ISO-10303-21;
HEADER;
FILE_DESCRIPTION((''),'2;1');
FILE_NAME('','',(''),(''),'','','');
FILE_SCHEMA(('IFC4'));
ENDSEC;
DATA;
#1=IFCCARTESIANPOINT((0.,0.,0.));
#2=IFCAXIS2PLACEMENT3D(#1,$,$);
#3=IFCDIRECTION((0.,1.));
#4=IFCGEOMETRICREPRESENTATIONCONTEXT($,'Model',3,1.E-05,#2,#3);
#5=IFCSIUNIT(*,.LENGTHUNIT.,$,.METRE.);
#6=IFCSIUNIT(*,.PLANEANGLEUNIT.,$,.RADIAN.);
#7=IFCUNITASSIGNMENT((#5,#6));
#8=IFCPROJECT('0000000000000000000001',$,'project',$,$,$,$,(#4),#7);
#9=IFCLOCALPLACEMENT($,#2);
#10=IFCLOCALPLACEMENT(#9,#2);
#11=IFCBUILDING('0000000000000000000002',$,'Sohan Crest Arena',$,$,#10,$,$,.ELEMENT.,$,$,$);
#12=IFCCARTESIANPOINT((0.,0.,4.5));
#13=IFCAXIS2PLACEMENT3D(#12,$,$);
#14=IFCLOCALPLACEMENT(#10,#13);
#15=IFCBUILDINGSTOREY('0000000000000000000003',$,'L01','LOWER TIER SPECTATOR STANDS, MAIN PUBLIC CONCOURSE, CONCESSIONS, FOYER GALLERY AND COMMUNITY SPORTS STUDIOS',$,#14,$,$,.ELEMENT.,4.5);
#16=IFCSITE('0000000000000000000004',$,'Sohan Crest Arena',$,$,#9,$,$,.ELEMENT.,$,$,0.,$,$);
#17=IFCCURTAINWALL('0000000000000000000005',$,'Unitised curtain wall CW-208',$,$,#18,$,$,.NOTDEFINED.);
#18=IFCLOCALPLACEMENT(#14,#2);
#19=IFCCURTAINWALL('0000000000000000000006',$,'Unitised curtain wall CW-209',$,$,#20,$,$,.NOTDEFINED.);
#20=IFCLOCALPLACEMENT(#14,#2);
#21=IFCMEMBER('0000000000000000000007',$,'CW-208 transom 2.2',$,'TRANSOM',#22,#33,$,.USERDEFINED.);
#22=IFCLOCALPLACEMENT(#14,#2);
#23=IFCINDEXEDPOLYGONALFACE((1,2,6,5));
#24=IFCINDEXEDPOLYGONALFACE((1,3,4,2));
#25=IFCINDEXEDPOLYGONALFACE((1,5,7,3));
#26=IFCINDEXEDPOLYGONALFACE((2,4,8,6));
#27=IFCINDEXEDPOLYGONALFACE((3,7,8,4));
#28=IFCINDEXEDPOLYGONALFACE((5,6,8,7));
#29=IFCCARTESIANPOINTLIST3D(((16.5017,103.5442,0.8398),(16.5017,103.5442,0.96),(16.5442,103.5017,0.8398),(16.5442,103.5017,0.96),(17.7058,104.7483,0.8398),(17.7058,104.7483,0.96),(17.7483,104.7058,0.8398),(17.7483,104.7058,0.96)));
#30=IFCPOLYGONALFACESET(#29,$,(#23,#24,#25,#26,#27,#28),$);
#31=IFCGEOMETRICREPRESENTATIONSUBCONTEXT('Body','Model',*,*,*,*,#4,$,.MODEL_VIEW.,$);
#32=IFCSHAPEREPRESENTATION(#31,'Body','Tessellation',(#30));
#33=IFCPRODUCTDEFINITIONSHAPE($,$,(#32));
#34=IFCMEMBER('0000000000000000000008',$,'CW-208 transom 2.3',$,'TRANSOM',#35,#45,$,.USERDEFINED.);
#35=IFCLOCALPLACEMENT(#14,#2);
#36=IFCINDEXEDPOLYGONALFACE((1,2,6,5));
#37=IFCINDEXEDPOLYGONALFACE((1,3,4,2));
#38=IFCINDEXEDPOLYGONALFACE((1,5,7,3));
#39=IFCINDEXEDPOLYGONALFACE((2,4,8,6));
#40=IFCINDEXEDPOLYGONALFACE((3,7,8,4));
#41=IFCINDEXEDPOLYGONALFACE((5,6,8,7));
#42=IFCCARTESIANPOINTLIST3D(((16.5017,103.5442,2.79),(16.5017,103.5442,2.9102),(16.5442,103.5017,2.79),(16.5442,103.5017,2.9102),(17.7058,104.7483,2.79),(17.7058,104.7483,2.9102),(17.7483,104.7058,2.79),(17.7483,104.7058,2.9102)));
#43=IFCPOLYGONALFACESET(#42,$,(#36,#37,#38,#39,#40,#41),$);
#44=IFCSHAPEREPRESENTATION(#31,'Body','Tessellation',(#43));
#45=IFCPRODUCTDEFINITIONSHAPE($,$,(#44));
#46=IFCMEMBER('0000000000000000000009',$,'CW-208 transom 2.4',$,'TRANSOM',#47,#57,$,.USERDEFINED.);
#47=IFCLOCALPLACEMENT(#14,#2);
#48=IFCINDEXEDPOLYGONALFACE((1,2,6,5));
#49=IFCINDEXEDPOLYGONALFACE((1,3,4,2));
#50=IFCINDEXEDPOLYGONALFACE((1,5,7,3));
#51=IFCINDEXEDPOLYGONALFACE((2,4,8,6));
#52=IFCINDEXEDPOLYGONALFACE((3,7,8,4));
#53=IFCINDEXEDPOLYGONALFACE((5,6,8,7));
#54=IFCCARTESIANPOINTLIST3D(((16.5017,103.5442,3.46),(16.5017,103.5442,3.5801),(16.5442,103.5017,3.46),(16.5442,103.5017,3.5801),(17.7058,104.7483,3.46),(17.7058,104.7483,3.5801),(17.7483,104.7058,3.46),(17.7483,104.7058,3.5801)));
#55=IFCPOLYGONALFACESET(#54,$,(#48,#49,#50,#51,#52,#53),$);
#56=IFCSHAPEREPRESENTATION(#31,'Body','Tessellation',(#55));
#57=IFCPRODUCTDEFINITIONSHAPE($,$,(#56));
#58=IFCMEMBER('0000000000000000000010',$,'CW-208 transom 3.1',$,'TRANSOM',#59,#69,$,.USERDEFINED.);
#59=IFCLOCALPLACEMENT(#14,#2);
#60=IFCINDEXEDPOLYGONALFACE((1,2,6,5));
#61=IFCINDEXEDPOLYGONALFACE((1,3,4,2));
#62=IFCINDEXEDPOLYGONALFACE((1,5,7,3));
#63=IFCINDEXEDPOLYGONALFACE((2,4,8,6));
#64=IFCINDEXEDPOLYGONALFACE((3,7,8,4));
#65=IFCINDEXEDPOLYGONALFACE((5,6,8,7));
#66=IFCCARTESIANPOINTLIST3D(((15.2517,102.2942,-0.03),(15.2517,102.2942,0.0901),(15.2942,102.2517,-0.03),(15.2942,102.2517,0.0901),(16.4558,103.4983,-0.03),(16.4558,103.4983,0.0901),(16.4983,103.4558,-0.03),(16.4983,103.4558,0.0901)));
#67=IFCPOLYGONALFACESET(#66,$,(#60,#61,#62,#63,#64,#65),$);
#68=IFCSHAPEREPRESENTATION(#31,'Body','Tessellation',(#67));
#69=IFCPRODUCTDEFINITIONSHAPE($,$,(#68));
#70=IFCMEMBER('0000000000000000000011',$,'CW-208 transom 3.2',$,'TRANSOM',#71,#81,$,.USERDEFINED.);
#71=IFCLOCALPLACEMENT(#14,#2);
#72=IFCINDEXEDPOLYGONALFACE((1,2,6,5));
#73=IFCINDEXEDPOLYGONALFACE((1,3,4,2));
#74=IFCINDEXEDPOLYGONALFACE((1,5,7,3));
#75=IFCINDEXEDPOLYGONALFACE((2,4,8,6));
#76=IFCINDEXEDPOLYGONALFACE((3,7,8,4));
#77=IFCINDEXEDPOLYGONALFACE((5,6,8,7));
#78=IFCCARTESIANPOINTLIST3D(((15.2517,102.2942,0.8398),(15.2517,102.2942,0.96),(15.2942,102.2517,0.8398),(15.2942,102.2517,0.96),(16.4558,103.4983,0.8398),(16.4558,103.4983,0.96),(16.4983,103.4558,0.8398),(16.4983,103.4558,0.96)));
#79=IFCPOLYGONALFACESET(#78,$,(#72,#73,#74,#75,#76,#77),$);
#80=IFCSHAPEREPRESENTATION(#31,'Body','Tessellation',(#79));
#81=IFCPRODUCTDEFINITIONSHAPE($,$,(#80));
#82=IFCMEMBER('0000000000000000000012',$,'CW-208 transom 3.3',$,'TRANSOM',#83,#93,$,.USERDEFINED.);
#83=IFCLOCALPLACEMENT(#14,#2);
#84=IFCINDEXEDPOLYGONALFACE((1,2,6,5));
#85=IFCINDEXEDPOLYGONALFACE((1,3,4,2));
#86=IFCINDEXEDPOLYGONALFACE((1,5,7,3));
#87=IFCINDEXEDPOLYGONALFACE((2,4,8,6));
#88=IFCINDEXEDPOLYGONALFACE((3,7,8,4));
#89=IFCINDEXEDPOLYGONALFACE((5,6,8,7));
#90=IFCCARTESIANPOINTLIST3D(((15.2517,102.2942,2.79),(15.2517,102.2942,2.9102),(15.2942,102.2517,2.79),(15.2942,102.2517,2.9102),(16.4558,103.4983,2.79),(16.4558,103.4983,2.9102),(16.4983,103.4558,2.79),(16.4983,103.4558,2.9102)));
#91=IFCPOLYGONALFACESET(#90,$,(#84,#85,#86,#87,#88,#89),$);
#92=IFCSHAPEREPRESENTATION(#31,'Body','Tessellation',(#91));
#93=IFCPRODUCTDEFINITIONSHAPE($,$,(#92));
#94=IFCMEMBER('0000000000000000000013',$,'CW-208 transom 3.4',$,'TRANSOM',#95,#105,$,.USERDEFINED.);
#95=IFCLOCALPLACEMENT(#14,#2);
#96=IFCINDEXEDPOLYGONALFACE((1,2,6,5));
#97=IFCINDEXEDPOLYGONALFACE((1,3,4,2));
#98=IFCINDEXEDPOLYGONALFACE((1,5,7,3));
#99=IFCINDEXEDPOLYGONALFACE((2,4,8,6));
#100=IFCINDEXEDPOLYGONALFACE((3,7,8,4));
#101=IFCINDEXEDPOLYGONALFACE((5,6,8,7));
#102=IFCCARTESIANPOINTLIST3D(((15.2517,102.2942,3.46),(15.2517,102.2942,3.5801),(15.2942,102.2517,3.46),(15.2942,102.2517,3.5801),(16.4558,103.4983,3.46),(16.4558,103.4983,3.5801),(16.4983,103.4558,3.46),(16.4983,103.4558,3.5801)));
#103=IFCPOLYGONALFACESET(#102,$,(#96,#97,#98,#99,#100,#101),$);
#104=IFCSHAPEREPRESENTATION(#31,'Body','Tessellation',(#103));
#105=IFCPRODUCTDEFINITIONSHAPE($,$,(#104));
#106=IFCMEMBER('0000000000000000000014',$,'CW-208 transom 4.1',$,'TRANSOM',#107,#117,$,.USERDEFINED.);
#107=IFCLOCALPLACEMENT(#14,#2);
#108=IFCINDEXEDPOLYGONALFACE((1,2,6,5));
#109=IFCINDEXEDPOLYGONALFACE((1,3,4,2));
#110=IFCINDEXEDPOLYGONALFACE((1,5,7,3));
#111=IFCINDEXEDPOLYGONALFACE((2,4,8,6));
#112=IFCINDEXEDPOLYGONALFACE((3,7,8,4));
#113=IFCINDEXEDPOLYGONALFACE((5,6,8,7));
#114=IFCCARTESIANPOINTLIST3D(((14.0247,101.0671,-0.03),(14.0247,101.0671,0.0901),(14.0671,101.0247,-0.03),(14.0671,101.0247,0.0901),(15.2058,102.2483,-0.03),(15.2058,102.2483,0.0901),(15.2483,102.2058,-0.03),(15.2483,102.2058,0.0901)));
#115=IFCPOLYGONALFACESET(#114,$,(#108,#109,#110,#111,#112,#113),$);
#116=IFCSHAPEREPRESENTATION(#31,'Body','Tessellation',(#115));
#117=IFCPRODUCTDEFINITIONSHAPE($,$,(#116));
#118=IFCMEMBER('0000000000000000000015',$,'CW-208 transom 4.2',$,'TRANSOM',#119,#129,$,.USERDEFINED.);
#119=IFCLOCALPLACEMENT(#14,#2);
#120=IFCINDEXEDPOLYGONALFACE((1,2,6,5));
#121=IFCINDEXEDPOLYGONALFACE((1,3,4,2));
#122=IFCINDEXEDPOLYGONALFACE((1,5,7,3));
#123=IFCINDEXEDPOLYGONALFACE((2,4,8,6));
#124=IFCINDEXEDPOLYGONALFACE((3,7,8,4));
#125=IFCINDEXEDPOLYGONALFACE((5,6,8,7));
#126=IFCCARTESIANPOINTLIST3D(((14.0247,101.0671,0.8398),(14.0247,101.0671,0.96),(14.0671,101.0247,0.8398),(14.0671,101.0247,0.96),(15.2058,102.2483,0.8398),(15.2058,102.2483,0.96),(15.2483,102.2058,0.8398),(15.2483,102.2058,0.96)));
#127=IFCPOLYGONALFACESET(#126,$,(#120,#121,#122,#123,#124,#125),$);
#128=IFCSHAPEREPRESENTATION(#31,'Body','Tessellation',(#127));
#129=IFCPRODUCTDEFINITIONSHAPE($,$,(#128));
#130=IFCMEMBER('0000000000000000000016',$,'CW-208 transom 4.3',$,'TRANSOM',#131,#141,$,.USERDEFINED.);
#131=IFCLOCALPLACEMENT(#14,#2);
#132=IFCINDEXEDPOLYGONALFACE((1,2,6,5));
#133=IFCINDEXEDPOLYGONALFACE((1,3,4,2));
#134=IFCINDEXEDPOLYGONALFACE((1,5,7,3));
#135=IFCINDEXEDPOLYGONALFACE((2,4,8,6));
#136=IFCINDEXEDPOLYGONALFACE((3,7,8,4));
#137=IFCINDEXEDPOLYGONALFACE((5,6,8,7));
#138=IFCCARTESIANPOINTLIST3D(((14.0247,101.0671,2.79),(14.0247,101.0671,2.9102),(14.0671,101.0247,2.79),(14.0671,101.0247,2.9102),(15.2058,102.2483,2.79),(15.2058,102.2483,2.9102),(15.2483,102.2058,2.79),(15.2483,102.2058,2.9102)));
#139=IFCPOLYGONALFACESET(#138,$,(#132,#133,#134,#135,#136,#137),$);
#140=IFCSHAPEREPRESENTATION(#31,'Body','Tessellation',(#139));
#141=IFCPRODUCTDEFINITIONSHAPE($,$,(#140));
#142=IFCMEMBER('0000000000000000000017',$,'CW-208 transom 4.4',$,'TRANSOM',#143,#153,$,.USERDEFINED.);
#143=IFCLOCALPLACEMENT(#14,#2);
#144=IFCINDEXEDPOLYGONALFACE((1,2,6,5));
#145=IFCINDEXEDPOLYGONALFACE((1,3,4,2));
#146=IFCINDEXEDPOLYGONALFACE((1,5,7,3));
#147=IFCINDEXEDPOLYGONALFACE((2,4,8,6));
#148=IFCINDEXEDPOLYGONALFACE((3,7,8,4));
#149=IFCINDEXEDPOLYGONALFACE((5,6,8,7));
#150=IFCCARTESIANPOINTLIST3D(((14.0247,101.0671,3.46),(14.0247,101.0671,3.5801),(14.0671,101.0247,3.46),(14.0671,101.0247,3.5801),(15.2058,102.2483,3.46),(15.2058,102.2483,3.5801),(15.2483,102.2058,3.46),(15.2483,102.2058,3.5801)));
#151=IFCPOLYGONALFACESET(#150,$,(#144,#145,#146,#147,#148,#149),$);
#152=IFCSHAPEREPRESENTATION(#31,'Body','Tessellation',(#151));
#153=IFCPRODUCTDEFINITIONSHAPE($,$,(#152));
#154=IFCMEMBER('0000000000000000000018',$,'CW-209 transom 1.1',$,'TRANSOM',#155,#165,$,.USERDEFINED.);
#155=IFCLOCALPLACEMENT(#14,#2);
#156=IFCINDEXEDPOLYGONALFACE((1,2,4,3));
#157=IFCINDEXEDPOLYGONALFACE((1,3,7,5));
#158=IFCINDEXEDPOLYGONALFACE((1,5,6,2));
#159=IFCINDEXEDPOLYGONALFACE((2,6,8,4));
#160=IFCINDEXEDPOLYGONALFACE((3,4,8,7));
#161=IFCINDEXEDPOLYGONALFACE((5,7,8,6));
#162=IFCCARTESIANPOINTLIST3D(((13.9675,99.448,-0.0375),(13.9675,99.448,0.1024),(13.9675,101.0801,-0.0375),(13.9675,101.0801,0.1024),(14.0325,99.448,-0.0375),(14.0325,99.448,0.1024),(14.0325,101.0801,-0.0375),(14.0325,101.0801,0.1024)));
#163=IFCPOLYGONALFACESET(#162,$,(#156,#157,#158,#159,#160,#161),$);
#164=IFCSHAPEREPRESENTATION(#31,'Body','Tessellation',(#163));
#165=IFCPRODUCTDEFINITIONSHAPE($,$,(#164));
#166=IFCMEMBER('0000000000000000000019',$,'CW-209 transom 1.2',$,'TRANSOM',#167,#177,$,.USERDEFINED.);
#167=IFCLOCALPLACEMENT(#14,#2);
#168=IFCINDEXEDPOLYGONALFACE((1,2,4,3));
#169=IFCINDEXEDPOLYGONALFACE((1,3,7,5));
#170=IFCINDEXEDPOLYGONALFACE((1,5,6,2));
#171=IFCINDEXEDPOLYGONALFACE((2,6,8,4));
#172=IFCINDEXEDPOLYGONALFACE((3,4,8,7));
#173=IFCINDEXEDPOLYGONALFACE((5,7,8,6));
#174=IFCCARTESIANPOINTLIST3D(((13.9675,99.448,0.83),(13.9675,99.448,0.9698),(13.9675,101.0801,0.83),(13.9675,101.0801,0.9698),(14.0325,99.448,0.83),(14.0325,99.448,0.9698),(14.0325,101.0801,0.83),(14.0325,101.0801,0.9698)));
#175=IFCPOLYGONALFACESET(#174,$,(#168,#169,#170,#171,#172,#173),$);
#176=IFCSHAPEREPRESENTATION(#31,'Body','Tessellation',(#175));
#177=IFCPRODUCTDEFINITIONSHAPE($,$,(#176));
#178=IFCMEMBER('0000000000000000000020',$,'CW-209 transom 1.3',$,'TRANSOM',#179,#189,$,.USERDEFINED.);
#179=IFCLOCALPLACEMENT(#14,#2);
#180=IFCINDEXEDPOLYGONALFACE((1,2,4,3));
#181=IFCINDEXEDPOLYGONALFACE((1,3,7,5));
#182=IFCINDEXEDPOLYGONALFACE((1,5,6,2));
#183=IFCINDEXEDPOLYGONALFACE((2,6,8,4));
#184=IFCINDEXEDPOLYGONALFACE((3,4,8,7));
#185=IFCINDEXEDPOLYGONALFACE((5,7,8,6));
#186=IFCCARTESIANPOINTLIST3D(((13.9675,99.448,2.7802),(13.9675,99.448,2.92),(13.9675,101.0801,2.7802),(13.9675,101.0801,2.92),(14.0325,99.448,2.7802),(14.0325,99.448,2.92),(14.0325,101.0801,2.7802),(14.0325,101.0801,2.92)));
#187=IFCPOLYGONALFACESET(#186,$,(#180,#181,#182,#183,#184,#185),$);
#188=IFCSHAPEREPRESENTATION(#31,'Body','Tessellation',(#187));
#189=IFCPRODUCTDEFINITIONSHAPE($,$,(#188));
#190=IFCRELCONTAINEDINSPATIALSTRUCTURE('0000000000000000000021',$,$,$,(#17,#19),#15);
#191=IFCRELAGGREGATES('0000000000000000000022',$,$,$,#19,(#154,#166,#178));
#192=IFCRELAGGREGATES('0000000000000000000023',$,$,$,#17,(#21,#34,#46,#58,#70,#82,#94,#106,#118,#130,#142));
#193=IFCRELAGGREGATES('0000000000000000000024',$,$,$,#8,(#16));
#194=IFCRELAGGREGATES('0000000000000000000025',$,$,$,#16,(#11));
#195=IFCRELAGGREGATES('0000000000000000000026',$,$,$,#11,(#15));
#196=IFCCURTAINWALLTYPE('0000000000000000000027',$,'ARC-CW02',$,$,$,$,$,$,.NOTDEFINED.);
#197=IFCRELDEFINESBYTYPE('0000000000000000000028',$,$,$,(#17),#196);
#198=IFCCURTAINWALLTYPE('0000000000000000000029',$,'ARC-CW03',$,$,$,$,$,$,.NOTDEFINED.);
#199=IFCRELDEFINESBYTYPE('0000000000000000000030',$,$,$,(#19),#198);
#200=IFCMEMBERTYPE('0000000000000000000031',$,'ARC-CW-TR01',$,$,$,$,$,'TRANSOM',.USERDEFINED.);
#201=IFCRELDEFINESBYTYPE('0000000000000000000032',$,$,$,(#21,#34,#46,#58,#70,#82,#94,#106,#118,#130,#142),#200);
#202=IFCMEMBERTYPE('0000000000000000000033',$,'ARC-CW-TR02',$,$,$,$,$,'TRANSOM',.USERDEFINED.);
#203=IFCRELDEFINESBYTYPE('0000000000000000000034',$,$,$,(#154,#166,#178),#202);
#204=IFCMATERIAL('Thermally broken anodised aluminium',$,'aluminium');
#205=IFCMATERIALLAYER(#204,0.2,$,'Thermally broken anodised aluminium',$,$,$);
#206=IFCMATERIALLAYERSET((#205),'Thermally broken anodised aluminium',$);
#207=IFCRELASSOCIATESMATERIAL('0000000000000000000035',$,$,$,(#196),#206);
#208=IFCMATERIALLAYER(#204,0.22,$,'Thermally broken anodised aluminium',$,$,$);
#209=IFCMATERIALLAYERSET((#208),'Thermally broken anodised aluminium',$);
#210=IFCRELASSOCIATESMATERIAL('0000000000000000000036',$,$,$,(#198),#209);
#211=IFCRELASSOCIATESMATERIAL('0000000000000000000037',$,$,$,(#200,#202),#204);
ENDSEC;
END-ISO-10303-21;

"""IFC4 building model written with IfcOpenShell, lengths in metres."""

from ifc_helpers import new_model, si_unit, direction, frame, origin, origin_2d, place, context, subcontext, project, spatial, rectangle, extrude, material, layer, layer_set, material_profile, profile_set, type_object, element, aggregate, save


model = new_model("IFC4")

# Units and contexts
model_context = context("Model", 3, precision=1e-05, world=origin(), true_north=direction((0.0, 1.0)))
body_context = subcontext(model_context, "Body", "Model", "MODEL_VIEW")
ifc_project = project(units=[si_unit("LENGTHUNIT", "METRE"), si_unit("PLANEANGLEUNIT", "RADIAN")], contexts=[model_context])

# Site, building, storey
site_placement = place(None, origin())
site = spatial("IfcSite", under=ifc_project, at=site_placement, Name="Sohan Crest Arena", CompositionType="ELEMENT", RefElevation=0.0)
building_placement = place(site_placement, origin())
building = spatial("IfcBuilding", under=site, at=building_placement, Name="Sohan Crest Arena", CompositionType="ELEMENT")
storey_placement = place(building_placement, frame((0.0, 0.0, 4.5)))
storey = spatial("IfcBuildingStorey", under=building, at=storey_placement, Name="L01", Description="LOWER TIER SPECTATOR STANDS, MAIN PUBLIC CONCOURSE, CONCESSIONS, FOYER GALLERY AND COMMUNITY SPORTS STUDIOS", CompositionType="ELEMENT", Elevation=4.5)

# Shared definitions
ifc_material_1 = material(Name="Thermally broken anodised aluminium", Category="aluminium")
ifc_layer_1 = layer(ifc_material_1, 0.2, Name="Thermally broken anodised aluminium")
ifc_layer_set_1 = layer_set([ifc_layer_1], Name="Thermally broken anodised aluminium")
curtain_wall_type_1 = type_object("IfcCurtainWallType", Name="ARC-CW02", PredefinedType="NOTDEFINED", material=ifc_layer_set_1)

# Curtain wall
curtain_wall_1_placement = place(storey_placement, origin())
curtain_wall_1 = element("IfcCurtainWall", 1, at=curtain_wall_1_placement, inside=storey, type_object=curtain_wall_type_1, Name="Unitised curtain wall CW-208", PredefinedType="NOTDEFINED")

# Curtain wall
ifc_layer_2 = layer(ifc_material_1, 0.22, Name="Thermally broken anodised aluminium")
ifc_layer_set_2 = layer_set([ifc_layer_2], Name="Thermally broken anodised aluminium")
curtain_wall_type_2 = type_object("IfcCurtainWallType", Name="ARC-CW03", PredefinedType="NOTDEFINED", material=ifc_layer_set_2)
curtain_wall_2_placement = place(storey_placement, origin())
curtain_wall_2 = element("IfcCurtainWall", 2, at=curtain_wall_2_placement, inside=storey, type_object=curtain_wall_type_2, Name="Unitised curtain wall CW-209", PredefinedType="NOTDEFINED")

# Members
ifc_material_profile_1 = material_profile(ifc_material_1, rectangle(XDim=0.0601, YDim=0.1201, at=origin_2d()), Name="ALU-TRAN 60x120")
ifc_profile_set_1 = profile_set([ifc_material_profile_1], Name="Thermally broken anodised aluminium")
member_type_1 = type_object("IfcMemberType", Name="ARC-CW-TR01", ElementType="TRANSOM", PredefinedType="USERDEFINED", material=ifc_profile_set_1)
member_1_placement = place(storey_placement, frame((17.7271, 104.7271, 0.8999), z_axis=(-0.707107, -0.707107, 0.0), x_axis=(0.707107, -0.707107, 0.0)))
member_1 = element("IfcMember", 3, at=member_1_placement, type_object=member_type_1, Name="CW-208 transom 2.2", ObjectType="TRANSOM", PredefinedType="USERDEFINED", context=body_context, shape_type="SweptSolid", body=[
    extrude(rectangle(XDim=0.0601, YDim=0.1201, at=origin_2d()), origin(), (0.0, 0.0, 1.0), 1.7029),
])
member_2_placement = place(storey_placement, frame((17.7271, 104.7271, 2.8501), z_axis=(-0.707107, -0.707107, 0.0), x_axis=(0.707107, -0.707107, 0.0)))
member_2 = element("IfcMember", 4, at=member_2_placement, type_object=member_type_1, Name="CW-208 transom 2.3", ObjectType="TRANSOM", PredefinedType="USERDEFINED", context=body_context, shape_type="SweptSolid", body=[
    extrude(rectangle(XDim=0.0601, YDim=0.1201, at=origin_2d()), origin(), (0.0, 0.0, 1.0), 1.7029),
])
member_3_placement = place(storey_placement, frame((17.7271, 104.7271, 3.52), z_axis=(-0.707107, -0.707107, 0.0), x_axis=(0.707107, -0.707107, 0.0)))
member_3 = element("IfcMember", 5, at=member_3_placement, type_object=member_type_1, Name="CW-208 transom 2.4", ObjectType="TRANSOM", PredefinedType="USERDEFINED", context=body_context, shape_type="SweptSolid", body=[
    extrude(rectangle(XDim=0.0601, YDim=0.1201, at=origin_2d()), origin(), (0.0, 0.0, 1.0), 1.7029),
])
member_4_placement = place(storey_placement, frame((16.4771, 103.4771, 0.03), z_axis=(-0.707107, -0.707107, 0.0), x_axis=(0.707107, -0.707107, 0.0)))
member_4 = element("IfcMember", 6, at=member_4_placement, type_object=member_type_1, Name="CW-208 transom 3.1", ObjectType="TRANSOM", PredefinedType="USERDEFINED", context=body_context, shape_type="SweptSolid", body=[
    extrude(rectangle(XDim=0.0601, YDim=0.1201, at=origin_2d()), origin(), (0.0, 0.0, 1.0), 1.7029),
])
member_5_placement = place(storey_placement, frame((16.4771, 103.4771, 0.8999), z_axis=(-0.707107, -0.707107, 0.0), x_axis=(0.707107, -0.707107, 0.0)))
member_5 = element("IfcMember", 7, at=member_5_placement, type_object=member_type_1, Name="CW-208 transom 3.2", ObjectType="TRANSOM", PredefinedType="USERDEFINED", context=body_context, shape_type="SweptSolid", body=[
    extrude(rectangle(XDim=0.0601, YDim=0.1201, at=origin_2d()), origin(), (0.0, 0.0, 1.0), 1.7029),
])
member_6_placement = place(storey_placement, frame((16.4771, 103.4771, 2.8501), z_axis=(-0.707107, -0.707107, 0.0), x_axis=(0.707107, -0.707107, 0.0)))
member_6 = element("IfcMember", 8, at=member_6_placement, type_object=member_type_1, Name="CW-208 transom 3.3", ObjectType="TRANSOM", PredefinedType="USERDEFINED", context=body_context, shape_type="SweptSolid", body=[
    extrude(rectangle(XDim=0.0601, YDim=0.1201, at=origin_2d()), origin(), (0.0, 0.0, 1.0), 1.7029),
])
member_7_placement = place(storey_placement, frame((16.4771, 103.4771, 3.52), z_axis=(-0.707107, -0.707107, 0.0), x_axis=(0.707107, -0.707107, 0.0)))
member_7 = element("IfcMember", 9, at=member_7_placement, type_object=member_type_1, Name="CW-208 transom 3.4", ObjectType="TRANSOM", PredefinedType="USERDEFINED", context=body_context, shape_type="SweptSolid", body=[
    extrude(rectangle(XDim=0.0601, YDim=0.1201, at=origin_2d()), origin(), (0.0, 0.0, 1.0), 1.7029),
])
member_8_placement = place(storey_placement, frame((15.2271, 102.2271, 0.03), z_axis=(-0.707107, -0.707107, 0.0), x_axis=(0.707107, -0.707107, 0.0)))
member_8 = element("IfcMember", 10, at=member_8_placement, type_object=member_type_1, Name="CW-208 transom 4.1", ObjectType="TRANSOM", PredefinedType="USERDEFINED", context=body_context, shape_type="SweptSolid", body=[
    extrude(rectangle(XDim=0.0601, YDim=0.1201, at=origin_2d()), origin(), (0.0, 0.0, 1.0), 1.6704),
])
member_9_placement = place(storey_placement, frame((15.2271, 102.2271, 0.8999), z_axis=(-0.707107, -0.707107, 0.0), x_axis=(0.707107, -0.707107, 0.0)))
member_9 = element("IfcMember", 11, at=member_9_placement, type_object=member_type_1, Name="CW-208 transom 4.2", ObjectType="TRANSOM", PredefinedType="USERDEFINED", context=body_context, shape_type="SweptSolid", body=[
    extrude(rectangle(XDim=0.0601, YDim=0.1201, at=origin_2d()), origin(), (0.0, 0.0, 1.0), 1.6704),
])
member_10_placement = place(storey_placement, frame((15.2271, 102.2271, 2.8501), z_axis=(-0.707107, -0.707107, 0.0), x_axis=(0.707107, -0.707107, 0.0)))
member_10 = element("IfcMember", 12, at=member_10_placement, type_object=member_type_1, Name="CW-208 transom 4.3", ObjectType="TRANSOM", PredefinedType="USERDEFINED", context=body_context, shape_type="SweptSolid", body=[
    extrude(rectangle(XDim=0.0601, YDim=0.1201, at=origin_2d()), origin(), (0.0, 0.0, 1.0), 1.6704),
])
member_11_placement = place(storey_placement, frame((15.2271, 102.2271, 3.52), z_axis=(-0.707107, -0.707107, 0.0), x_axis=(0.707107, -0.707107, 0.0)))
member_11 = element("IfcMember", 13, at=member_11_placement, type_object=member_type_1, Name="CW-208 transom 4.4", ObjectType="TRANSOM", PredefinedType="USERDEFINED", context=body_context, shape_type="SweptSolid", body=[
    extrude(rectangle(XDim=0.0601, YDim=0.1201, at=origin_2d()), origin(), (0.0, 0.0, 1.0), 1.6704),
])
ifc_material_profile_2 = material_profile(ifc_material_1, rectangle(XDim=0.0649, YDim=0.1399, at=origin_2d()), Name="ALU-TRAN 65x140")
ifc_profile_set_2 = profile_set([ifc_material_profile_2], Name="Thermally broken anodised aluminium")
member_type_2 = type_object("IfcMemberType", Name="ARC-CW-TR02", ElementType="TRANSOM", PredefinedType="USERDEFINED", material=ifc_profile_set_2)
member_12_placement = place(storey_placement, frame((14.0, 101.0801, 0.0325), z_axis=(0.0, -1.0, 0.0), x_axis=(1.0, 0.0, 0.0)))
member_12 = element("IfcMember", 14, at=member_12_placement, type_object=member_type_2, Name="CW-209 transom 1.1", ObjectType="TRANSOM", PredefinedType="USERDEFINED", context=body_context, shape_type="SweptSolid", body=[
    extrude(rectangle(XDim=0.0649, YDim=0.1399, at=origin_2d()), origin(), (0.0, 0.0, 1.0), 1.6321),
])
member_13_placement = place(storey_placement, frame((14.0, 101.0801, 0.8999), z_axis=(0.0, -1.0, 0.0), x_axis=(1.0, 0.0, 0.0)))
member_13 = element("IfcMember", 15, at=member_13_placement, type_object=member_type_2, Name="CW-209 transom 1.2", ObjectType="TRANSOM", PredefinedType="USERDEFINED", context=body_context, shape_type="SweptSolid", body=[
    extrude(rectangle(XDim=0.0649, YDim=0.1399, at=origin_2d()), origin(), (0.0, 0.0, 1.0), 1.6321),
])
member_14_placement = place(storey_placement, frame((14.0, 101.0801, 2.8501), z_axis=(0.0, -1.0, 0.0), x_axis=(1.0, 0.0, 0.0)))
member_14 = element("IfcMember", 16, at=member_14_placement, type_object=member_type_2, Name="CW-209 transom 1.3", ObjectType="TRANSOM", PredefinedType="USERDEFINED", context=body_context, shape_type="SweptSolid", body=[
    extrude(rectangle(XDim=0.0649, YDim=0.1399, at=origin_2d()), origin(), (0.0, 0.0, 1.0), 1.6321),
])
aggregate(curtain_wall_2, [member_12, member_13, member_14])

aggregate(curtain_wall_1, [member_1, member_2, member_3, member_4, member_5, member_6, member_7, member_8, member_9, member_10, member_11])

save(model, "model.ifc")
